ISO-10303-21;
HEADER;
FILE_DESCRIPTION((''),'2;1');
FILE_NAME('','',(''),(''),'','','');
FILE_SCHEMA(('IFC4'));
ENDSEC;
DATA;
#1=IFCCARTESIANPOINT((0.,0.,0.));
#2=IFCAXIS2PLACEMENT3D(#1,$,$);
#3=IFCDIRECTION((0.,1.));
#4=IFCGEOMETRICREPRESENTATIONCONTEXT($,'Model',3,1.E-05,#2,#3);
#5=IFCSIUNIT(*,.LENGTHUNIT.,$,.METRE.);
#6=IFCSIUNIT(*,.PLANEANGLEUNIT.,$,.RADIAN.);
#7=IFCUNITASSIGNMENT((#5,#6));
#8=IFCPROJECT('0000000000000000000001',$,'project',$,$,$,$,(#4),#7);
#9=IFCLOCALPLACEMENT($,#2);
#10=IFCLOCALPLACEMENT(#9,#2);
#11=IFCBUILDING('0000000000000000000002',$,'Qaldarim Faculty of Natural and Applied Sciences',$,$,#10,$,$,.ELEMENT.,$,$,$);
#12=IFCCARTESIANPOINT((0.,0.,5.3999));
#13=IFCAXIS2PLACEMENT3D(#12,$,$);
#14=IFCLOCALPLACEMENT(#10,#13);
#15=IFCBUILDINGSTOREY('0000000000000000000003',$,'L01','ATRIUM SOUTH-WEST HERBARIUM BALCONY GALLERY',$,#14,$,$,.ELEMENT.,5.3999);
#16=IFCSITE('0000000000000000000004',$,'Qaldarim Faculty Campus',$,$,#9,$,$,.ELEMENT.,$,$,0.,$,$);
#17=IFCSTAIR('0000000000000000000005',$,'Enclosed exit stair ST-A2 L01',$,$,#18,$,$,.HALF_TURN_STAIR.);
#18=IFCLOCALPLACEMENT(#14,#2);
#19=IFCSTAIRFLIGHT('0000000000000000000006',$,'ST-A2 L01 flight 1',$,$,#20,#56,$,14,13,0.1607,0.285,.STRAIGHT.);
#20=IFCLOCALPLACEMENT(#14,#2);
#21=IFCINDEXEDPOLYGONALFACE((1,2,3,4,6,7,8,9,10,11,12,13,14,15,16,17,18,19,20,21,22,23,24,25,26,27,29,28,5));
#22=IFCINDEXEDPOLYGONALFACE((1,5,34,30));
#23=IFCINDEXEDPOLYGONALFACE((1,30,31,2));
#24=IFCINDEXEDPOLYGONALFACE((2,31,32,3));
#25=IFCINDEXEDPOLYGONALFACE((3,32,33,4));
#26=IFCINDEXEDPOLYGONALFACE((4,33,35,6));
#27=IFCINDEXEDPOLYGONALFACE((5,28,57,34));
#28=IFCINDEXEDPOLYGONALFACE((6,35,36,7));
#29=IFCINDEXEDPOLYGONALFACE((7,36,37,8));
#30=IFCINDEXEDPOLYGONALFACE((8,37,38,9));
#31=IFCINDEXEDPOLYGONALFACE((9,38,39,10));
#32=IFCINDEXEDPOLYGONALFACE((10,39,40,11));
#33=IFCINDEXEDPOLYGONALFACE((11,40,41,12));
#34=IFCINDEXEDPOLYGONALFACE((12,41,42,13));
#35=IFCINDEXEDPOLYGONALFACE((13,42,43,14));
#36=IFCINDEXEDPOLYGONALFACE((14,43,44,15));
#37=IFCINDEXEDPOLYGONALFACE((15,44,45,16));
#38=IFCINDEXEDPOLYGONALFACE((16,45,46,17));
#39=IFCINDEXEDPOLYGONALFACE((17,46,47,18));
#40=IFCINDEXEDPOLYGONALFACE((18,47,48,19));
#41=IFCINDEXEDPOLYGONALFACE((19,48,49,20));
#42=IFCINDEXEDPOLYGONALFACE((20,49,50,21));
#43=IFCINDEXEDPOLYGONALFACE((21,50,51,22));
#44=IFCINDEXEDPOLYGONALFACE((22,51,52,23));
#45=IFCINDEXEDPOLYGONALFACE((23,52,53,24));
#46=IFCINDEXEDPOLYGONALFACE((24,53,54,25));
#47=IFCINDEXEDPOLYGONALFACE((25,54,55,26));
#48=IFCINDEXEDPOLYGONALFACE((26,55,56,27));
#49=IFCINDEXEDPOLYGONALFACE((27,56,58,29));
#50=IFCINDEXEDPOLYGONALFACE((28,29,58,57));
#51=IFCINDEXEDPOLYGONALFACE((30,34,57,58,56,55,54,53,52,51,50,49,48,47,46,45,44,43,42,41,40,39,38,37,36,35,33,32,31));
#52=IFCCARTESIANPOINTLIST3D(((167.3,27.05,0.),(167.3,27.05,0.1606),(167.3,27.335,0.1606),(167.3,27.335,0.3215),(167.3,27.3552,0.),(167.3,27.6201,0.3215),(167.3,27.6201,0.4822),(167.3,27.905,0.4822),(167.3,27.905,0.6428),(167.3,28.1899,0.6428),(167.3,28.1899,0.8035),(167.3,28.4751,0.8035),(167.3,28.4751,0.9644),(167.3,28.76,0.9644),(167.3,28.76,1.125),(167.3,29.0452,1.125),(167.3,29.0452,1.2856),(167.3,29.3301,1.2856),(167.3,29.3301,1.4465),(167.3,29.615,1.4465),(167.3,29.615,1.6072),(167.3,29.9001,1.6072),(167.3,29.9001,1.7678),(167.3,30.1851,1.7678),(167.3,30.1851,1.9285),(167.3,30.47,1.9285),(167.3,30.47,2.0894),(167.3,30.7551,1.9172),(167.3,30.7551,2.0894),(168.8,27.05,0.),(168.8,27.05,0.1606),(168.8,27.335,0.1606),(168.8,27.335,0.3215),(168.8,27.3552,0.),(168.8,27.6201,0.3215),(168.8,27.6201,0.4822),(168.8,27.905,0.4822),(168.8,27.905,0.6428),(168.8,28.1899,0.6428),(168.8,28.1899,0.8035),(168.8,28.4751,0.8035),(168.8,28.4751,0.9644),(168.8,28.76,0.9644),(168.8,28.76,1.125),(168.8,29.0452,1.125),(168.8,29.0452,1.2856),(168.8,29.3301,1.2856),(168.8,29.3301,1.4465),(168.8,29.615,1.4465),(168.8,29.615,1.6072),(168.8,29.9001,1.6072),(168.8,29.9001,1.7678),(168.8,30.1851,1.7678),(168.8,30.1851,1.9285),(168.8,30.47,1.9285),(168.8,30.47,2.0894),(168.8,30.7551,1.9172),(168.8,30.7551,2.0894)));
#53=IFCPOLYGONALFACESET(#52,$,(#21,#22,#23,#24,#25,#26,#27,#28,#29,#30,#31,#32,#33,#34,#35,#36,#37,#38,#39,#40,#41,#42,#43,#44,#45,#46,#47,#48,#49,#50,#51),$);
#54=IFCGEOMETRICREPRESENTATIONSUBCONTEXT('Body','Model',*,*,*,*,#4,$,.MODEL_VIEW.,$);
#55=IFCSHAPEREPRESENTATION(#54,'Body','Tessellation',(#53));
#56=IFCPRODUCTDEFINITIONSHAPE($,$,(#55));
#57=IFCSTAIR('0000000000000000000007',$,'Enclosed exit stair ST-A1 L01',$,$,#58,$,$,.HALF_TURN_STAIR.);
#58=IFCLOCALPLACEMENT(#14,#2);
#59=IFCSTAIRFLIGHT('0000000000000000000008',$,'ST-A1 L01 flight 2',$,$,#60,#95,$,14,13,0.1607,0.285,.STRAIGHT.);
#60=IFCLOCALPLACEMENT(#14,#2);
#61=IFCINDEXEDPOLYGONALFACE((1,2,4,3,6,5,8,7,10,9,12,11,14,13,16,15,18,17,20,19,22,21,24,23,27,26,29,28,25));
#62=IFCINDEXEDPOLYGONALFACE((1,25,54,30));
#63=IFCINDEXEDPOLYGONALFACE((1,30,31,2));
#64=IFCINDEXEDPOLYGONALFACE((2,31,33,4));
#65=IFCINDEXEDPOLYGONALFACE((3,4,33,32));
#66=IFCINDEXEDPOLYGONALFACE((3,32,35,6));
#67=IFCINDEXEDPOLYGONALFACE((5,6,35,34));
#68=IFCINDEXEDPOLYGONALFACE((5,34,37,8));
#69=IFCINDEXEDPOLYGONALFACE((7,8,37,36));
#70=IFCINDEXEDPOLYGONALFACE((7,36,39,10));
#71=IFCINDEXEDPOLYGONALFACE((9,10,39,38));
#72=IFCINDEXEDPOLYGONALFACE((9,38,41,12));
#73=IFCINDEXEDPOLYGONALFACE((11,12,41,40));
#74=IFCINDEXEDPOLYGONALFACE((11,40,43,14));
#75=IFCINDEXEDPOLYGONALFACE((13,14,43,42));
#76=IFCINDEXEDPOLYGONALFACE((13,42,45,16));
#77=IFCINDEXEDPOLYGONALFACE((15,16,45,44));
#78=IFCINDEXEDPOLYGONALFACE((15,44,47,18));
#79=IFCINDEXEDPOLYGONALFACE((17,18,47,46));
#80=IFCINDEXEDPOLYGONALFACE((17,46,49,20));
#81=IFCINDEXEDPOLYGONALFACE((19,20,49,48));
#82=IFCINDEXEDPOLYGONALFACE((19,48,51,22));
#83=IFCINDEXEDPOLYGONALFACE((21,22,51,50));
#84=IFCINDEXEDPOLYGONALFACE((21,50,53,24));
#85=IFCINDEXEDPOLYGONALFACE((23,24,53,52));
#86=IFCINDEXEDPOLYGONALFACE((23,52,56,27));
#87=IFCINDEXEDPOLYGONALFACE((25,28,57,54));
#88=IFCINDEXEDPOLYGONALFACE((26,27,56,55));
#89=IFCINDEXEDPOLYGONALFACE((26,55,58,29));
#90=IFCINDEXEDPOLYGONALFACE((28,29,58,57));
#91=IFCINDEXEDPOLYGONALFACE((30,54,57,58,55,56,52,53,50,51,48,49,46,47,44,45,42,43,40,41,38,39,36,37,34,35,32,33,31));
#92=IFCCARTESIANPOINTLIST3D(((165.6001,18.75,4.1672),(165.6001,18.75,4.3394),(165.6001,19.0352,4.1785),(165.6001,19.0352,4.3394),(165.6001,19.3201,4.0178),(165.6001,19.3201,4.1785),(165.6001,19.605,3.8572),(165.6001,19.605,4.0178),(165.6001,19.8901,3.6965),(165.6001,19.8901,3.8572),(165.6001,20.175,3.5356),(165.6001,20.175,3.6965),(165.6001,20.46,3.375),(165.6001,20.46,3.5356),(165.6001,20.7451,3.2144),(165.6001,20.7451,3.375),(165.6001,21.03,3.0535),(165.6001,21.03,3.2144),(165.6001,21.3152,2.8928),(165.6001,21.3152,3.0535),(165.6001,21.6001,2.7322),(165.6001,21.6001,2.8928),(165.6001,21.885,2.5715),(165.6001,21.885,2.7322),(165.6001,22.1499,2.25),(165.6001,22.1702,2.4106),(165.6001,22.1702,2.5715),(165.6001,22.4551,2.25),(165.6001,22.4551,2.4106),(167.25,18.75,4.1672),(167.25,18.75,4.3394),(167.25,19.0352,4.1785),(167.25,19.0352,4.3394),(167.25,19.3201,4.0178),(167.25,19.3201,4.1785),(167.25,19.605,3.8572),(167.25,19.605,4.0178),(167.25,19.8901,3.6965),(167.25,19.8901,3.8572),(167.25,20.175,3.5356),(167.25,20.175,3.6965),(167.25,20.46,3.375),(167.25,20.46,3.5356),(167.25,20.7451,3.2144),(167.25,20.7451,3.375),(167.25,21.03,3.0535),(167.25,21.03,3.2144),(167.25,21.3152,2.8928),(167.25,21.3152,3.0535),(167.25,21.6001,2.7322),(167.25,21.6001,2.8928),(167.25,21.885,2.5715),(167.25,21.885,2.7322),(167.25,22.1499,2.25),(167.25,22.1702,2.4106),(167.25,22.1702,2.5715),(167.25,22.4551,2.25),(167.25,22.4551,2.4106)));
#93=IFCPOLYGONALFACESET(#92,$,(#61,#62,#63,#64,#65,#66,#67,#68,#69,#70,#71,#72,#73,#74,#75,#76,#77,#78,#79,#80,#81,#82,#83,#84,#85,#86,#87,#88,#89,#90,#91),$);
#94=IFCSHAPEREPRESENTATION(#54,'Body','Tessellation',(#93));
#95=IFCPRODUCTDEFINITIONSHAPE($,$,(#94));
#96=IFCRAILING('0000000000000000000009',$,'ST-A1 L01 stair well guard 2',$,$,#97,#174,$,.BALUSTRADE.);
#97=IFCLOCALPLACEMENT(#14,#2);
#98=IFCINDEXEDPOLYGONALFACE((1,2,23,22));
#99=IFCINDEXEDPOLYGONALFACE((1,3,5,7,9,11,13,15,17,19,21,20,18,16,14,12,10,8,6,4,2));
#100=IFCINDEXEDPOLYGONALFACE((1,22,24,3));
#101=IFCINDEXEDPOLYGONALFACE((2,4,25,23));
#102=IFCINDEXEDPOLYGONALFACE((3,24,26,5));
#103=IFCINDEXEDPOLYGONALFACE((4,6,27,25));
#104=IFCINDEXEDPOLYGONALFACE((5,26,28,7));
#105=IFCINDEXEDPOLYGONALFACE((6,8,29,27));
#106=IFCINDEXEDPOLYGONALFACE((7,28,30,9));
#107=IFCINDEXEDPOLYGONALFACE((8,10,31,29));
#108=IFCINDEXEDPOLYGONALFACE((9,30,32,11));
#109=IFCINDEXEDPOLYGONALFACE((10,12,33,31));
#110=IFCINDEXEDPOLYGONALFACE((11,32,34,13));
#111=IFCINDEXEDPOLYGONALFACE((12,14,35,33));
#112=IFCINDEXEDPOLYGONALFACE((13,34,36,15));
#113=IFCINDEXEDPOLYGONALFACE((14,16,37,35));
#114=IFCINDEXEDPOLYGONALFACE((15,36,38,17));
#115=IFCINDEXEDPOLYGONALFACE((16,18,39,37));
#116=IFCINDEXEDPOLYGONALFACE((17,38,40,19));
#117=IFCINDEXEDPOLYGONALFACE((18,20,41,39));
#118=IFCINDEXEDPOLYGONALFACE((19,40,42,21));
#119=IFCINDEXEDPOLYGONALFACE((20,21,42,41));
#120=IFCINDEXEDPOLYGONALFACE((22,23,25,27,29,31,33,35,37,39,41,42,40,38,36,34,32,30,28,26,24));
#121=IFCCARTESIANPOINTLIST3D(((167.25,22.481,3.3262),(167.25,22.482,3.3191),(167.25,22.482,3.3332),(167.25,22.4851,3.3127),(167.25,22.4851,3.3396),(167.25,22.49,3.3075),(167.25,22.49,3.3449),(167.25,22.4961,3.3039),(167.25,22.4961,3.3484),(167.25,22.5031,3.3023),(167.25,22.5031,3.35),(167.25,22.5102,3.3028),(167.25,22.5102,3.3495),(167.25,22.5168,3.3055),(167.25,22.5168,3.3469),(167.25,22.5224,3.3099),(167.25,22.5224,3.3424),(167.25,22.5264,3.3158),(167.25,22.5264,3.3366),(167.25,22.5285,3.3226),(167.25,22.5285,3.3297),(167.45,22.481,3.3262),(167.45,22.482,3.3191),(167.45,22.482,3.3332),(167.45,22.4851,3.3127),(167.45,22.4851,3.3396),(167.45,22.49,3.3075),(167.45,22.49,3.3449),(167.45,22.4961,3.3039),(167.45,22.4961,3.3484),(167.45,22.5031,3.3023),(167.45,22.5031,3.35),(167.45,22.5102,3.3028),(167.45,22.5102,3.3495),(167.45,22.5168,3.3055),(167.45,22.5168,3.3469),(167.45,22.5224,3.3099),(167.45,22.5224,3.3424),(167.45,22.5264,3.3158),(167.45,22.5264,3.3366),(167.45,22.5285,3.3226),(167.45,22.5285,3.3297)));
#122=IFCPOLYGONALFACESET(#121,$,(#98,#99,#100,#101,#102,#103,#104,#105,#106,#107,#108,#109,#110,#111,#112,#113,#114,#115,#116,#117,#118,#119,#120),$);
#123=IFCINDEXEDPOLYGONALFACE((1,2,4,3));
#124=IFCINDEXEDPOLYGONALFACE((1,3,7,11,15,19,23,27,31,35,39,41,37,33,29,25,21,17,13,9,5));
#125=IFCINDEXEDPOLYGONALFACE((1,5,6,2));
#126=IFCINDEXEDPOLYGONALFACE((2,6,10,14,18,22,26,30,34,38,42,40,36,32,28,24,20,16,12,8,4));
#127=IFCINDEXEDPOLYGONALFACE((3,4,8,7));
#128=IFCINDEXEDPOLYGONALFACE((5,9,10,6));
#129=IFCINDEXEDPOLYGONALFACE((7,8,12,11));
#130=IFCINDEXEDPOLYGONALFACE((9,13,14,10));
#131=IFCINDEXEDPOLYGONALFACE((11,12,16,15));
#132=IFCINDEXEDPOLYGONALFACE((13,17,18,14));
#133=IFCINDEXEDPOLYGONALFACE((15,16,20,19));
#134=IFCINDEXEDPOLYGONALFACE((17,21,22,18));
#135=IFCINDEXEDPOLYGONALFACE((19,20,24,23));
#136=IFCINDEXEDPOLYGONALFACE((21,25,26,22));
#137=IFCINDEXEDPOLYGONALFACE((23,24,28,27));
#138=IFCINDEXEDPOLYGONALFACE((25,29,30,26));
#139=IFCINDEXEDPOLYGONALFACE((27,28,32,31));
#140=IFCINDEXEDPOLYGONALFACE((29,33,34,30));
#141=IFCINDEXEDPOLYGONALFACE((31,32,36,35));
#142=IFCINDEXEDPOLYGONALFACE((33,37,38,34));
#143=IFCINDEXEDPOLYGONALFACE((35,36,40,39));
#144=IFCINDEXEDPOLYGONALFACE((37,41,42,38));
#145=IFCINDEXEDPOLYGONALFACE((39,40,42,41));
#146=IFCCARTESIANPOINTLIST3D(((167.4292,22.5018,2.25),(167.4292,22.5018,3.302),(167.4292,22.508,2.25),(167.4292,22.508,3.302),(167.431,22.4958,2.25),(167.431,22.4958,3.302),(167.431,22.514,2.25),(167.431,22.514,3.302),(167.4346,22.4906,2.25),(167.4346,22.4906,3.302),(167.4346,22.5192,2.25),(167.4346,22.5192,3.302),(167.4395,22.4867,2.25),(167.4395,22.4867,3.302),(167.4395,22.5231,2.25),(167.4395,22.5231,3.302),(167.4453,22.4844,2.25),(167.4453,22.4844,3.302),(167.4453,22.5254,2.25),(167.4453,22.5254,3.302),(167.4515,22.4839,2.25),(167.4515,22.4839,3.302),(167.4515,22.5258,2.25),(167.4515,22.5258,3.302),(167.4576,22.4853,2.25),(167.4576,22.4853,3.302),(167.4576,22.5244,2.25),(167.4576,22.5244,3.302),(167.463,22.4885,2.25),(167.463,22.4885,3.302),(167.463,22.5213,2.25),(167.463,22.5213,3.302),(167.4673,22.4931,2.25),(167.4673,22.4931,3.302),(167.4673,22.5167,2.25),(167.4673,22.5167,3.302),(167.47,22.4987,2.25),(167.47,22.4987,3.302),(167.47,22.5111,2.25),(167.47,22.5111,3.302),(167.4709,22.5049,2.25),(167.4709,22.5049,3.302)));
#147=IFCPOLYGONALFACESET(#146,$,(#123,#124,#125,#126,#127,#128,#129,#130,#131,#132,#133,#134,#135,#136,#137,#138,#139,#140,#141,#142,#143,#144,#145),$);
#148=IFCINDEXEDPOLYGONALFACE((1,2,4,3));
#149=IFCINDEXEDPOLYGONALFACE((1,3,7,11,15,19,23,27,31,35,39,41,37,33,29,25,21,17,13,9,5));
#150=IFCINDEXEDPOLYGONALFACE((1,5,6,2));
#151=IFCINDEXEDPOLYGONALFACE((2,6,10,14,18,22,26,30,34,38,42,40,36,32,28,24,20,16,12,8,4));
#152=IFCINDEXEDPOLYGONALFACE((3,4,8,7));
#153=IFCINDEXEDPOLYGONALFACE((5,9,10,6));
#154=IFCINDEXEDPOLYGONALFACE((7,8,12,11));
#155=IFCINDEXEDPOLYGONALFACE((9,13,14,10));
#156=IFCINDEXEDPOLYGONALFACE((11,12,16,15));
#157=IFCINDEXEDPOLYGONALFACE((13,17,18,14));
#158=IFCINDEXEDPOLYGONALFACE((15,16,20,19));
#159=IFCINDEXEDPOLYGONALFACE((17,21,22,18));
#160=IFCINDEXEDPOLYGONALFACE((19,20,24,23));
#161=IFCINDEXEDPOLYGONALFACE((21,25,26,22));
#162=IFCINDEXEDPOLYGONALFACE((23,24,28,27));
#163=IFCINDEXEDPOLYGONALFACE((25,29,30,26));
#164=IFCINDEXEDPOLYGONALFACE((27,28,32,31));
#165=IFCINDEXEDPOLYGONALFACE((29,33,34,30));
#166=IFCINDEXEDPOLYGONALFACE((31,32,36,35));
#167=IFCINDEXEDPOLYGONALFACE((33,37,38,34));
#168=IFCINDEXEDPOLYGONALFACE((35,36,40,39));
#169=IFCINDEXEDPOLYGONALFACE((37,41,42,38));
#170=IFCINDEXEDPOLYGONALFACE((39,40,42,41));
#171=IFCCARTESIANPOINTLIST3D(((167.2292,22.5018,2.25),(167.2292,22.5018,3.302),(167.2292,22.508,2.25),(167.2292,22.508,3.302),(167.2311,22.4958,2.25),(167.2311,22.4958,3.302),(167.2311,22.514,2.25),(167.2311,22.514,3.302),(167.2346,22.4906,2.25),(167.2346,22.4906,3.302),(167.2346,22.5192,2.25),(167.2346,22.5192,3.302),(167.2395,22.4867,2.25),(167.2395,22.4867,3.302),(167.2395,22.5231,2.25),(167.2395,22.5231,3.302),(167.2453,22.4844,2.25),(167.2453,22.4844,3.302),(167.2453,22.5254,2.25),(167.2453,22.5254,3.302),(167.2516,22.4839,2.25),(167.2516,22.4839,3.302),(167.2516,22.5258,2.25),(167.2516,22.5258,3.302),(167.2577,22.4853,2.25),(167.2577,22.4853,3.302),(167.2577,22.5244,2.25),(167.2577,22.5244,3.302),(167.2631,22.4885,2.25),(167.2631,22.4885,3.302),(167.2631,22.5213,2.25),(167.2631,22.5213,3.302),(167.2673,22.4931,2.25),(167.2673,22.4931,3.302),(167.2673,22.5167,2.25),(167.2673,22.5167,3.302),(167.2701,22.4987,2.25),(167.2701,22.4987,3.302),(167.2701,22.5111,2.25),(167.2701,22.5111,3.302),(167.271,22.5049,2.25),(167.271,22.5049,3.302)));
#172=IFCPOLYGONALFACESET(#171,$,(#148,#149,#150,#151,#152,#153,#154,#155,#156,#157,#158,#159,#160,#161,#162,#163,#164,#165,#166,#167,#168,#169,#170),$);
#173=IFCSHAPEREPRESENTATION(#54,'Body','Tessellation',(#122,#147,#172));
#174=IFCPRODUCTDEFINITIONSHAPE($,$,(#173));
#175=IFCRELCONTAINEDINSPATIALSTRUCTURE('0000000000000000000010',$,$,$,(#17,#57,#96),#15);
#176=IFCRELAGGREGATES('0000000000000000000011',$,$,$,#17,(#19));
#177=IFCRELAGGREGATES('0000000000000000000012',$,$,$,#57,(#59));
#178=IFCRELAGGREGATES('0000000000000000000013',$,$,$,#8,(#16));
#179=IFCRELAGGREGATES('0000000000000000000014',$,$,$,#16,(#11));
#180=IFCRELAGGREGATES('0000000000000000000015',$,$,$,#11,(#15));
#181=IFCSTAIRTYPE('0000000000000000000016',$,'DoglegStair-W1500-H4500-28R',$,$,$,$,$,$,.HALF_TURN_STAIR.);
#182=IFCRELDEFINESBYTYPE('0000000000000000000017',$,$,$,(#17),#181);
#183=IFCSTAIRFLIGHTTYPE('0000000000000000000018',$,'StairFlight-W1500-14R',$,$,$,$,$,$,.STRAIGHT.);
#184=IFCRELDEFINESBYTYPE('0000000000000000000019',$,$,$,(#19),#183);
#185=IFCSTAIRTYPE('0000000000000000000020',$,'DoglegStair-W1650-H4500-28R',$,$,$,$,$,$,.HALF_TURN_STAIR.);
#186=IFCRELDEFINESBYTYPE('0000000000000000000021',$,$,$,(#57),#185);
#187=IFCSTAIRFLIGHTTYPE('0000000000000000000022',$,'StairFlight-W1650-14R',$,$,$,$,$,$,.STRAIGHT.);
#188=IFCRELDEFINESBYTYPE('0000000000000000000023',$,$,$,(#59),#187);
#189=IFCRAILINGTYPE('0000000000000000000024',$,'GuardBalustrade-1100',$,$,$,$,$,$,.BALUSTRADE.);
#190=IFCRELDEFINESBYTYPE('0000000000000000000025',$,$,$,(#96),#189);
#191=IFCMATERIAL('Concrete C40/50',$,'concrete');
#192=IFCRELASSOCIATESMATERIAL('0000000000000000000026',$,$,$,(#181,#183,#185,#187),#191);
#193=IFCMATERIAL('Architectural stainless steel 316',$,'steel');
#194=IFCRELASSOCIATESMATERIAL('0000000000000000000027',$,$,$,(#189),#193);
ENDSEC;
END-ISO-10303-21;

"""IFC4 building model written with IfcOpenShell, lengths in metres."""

from ifc_helpers import new_model, si_unit, direction, frame, origin, origin_2d, place, context, subcontext, project, spatial, polyline, circle, outline, extrude, material, type_object, element, aggregate, save


model = new_model("IFC4")

# Units and contexts
model_context = context("Model", 3, precision=1e-05, world=origin(), true_north=direction((0.0, 1.0)))
body_context = subcontext(model_context, "Body", "Model", "MODEL_VIEW")
ifc_project = project(units=[si_unit("LENGTHUNIT", "METRE"), si_unit("PLANEANGLEUNIT", "RADIAN")], contexts=[model_context])

# Site, building, storey
site_placement = place(None, origin())
site = spatial("IfcSite", under=ifc_project, at=site_placement, Name="Qaldarim Faculty Campus", CompositionType="ELEMENT", RefElevation=0.0)
building_placement = place(site_placement, origin())
building = spatial("IfcBuilding", under=site, at=building_placement, Name="Qaldarim Faculty of Natural and Applied Sciences", CompositionType="ELEMENT")
storey_placement = place(building_placement, frame((0.0, 0.0, 5.3999)))
storey = spatial("IfcBuildingStorey", under=building, at=storey_placement, Name="L01", Description="ATRIUM SOUTH-WEST HERBARIUM BALCONY GALLERY", CompositionType="ELEMENT", Elevation=5.3999)

# Shared definitions
ifc_material_1 = material(Name="Concrete C40/50", Category="concrete")

# Shared definitions
ifc_material_2 = material(Name="Architectural stainless steel 316", Category="steel")

# Stairs, stair flights
stair_type_1 = type_object("IfcStairType", Name="DoglegStair-W1500-H4500-28R", PredefinedType="HALF_TURN_STAIR", material=ifc_material_1)
stair_1_placement = place(storey_placement, origin())
stair_1 = element("IfcStair", 1, at=stair_1_placement, inside=storey, type_object=stair_type_1, Name="Enclosed exit stair ST-A2 L01", PredefinedType="HALF_TURN_STAIR")
stair_flight_type_1 = type_object("IfcStairFlightType", Name="StairFlight-W1500-14R", PredefinedType="STRAIGHT", material=ifc_material_1)
stair_flight_1_placement = place(storey_placement, frame((168.05, 27.05, 0.0), z_axis=(0.0, 0.0, 1.0), x_axis=(0.0, 1.0, 0.0)))
stair_flight_1 = element("IfcStairFlight", 2, at=stair_flight_1_placement, type_object=stair_flight_type_1, Name="ST-A2 L01 flight 1", NumberOfRisers=14, NumberOfTreads=13, PredefinedType="STRAIGHT", RiserHeight=0.1607, TreadLength=0.285, context=body_context, shape_type="SweptSolid", body=[
    extrude(outline(polyline([(0.0, 0.0), (0.0, 0.1606), (0.2849, 0.1606), (0.2849, 0.3215), (0.5701, 0.3215), (0.5701, 0.4822), (0.855, 0.4822), (0.855, 0.6428), (1.1399, 0.6428), (1.1399, 0.8035), (1.425, 0.8035), (1.425, 0.9644), (1.71, 0.9644), (1.71, 1.125), (1.9951, 1.125), (1.9951, 1.2856), (2.28, 1.2856), (2.28, 1.4465), (2.5649, 1.4465), (2.5649, 1.6072), (2.8501, 1.6072), (2.8501, 1.7678), (3.135, 1.7678), (3.135, 1.9285), (3.4199, 1.9285), (3.4199, 2.0894), (3.7051, 2.0894), (3.7051, 2.25), (3.7051, 1.9172), (0.3052, 0.0), (0.0, 0.0)])), frame((0.0, 0.75, 0.0), z_axis=(0.0, -1.0, 0.0), x_axis=(1.0, 0.0, 0.0)), (0.0, 0.0, 1.0), 1.5),
])
aggregate(stair_1, [stair_flight_1])
stair_type_2 = type_object("IfcStairType", Name="DoglegStair-W1650-H4500-28R", PredefinedType="HALF_TURN_STAIR", material=ifc_material_1)
stair_2_placement = place(storey_placement, origin())
stair_2 = element("IfcStair", 3, at=stair_2_placement, inside=storey, type_object=stair_type_2, Name="Enclosed exit stair ST-A1 L01", PredefinedType="HALF_TURN_STAIR")
stair_flight_type_2 = type_object("IfcStairFlightType", Name="StairFlight-W1650-14R", PredefinedType="STRAIGHT", material=ifc_material_1)
stair_flight_2_placement = place(storey_placement, frame((166.425, 22.4551, 2.25), z_axis=(0.0, 0.0, 1.0), x_axis=(0.0, -1.0, 0.0)))
stair_flight_2 = element("IfcStairFlight", 4, at=stair_flight_2_placement, type_object=stair_flight_type_2, Name="ST-A1 L01 flight 2", NumberOfRisers=14, NumberOfTreads=13, PredefinedType="STRAIGHT", RiserHeight=0.1607, TreadLength=0.285, context=body_context, shape_type="SweptSolid", body=[
    extrude(outline(polyline([(0.0, 0.0), (0.0, 0.1606), (0.2849, 0.1606), (0.2849, 0.3215), (0.5701, 0.3215), (0.5701, 0.4822), (0.855, 0.4822), (0.855, 0.6428), (1.1399, 0.6428), (1.1399, 0.8035), (1.425, 0.8035), (1.425, 0.9644), (1.71, 0.9644), (1.71, 1.125), (1.9951, 1.125), (1.9951, 1.2856), (2.28, 1.2856), (2.28, 1.4465), (2.5649, 1.4465), (2.5649, 1.6072), (2.8501, 1.6072), (2.8501, 1.7678), (3.135, 1.7678), (3.135, 1.9285), (3.4199, 1.9285), (3.4199, 2.0894), (3.7051, 2.0894), (3.7051, 2.25), (3.7051, 1.9172), (0.3052, 0.0), (0.0, 0.0)])), frame((0.0, 0.825, 0.0), z_axis=(0.0, -1.0, 0.0), x_axis=(1.0, 0.0, 0.0)), (0.0, 0.0, 1.0), 1.6499),
])
aggregate(stair_2, [stair_flight_2])

# Railing
railing_type_1 = type_object("IfcRailingType", Name="GuardBalustrade-1100", PredefinedType="BALUSTRADE", material=ifc_material_2)
railing_1_placement = place(storey_placement, frame((167.45, 22.5049, 2.25)))
element("IfcRailing", 5, at=railing_1_placement, inside=storey, type_object=railing_type_1, Name="ST-A1 L01 stair well guard 2", PredefinedType="BALUSTRADE", context=body_context, shape_type="SweptSolid", body=[
    extrude(circle(Radius=0.0239, at=origin_2d()), frame((0.0, 0.0, 1.0762), z_axis=(-1.0, 0.0, 0.0), x_axis=(0.0, -1.0, 0.0)), (0.0, 0.0, 1.0), 0.2),
    extrude(circle(Radius=0.021, at=origin_2d()), origin(), (0.0, 0.0, 1.0), 1.052),
    extrude(circle(Radius=0.021, at=origin_2d()), frame((-0.2, 0.0, 0.0)), (0.0, 0.0, 1.0), 1.052),
])

save(model, "model.ifc")
